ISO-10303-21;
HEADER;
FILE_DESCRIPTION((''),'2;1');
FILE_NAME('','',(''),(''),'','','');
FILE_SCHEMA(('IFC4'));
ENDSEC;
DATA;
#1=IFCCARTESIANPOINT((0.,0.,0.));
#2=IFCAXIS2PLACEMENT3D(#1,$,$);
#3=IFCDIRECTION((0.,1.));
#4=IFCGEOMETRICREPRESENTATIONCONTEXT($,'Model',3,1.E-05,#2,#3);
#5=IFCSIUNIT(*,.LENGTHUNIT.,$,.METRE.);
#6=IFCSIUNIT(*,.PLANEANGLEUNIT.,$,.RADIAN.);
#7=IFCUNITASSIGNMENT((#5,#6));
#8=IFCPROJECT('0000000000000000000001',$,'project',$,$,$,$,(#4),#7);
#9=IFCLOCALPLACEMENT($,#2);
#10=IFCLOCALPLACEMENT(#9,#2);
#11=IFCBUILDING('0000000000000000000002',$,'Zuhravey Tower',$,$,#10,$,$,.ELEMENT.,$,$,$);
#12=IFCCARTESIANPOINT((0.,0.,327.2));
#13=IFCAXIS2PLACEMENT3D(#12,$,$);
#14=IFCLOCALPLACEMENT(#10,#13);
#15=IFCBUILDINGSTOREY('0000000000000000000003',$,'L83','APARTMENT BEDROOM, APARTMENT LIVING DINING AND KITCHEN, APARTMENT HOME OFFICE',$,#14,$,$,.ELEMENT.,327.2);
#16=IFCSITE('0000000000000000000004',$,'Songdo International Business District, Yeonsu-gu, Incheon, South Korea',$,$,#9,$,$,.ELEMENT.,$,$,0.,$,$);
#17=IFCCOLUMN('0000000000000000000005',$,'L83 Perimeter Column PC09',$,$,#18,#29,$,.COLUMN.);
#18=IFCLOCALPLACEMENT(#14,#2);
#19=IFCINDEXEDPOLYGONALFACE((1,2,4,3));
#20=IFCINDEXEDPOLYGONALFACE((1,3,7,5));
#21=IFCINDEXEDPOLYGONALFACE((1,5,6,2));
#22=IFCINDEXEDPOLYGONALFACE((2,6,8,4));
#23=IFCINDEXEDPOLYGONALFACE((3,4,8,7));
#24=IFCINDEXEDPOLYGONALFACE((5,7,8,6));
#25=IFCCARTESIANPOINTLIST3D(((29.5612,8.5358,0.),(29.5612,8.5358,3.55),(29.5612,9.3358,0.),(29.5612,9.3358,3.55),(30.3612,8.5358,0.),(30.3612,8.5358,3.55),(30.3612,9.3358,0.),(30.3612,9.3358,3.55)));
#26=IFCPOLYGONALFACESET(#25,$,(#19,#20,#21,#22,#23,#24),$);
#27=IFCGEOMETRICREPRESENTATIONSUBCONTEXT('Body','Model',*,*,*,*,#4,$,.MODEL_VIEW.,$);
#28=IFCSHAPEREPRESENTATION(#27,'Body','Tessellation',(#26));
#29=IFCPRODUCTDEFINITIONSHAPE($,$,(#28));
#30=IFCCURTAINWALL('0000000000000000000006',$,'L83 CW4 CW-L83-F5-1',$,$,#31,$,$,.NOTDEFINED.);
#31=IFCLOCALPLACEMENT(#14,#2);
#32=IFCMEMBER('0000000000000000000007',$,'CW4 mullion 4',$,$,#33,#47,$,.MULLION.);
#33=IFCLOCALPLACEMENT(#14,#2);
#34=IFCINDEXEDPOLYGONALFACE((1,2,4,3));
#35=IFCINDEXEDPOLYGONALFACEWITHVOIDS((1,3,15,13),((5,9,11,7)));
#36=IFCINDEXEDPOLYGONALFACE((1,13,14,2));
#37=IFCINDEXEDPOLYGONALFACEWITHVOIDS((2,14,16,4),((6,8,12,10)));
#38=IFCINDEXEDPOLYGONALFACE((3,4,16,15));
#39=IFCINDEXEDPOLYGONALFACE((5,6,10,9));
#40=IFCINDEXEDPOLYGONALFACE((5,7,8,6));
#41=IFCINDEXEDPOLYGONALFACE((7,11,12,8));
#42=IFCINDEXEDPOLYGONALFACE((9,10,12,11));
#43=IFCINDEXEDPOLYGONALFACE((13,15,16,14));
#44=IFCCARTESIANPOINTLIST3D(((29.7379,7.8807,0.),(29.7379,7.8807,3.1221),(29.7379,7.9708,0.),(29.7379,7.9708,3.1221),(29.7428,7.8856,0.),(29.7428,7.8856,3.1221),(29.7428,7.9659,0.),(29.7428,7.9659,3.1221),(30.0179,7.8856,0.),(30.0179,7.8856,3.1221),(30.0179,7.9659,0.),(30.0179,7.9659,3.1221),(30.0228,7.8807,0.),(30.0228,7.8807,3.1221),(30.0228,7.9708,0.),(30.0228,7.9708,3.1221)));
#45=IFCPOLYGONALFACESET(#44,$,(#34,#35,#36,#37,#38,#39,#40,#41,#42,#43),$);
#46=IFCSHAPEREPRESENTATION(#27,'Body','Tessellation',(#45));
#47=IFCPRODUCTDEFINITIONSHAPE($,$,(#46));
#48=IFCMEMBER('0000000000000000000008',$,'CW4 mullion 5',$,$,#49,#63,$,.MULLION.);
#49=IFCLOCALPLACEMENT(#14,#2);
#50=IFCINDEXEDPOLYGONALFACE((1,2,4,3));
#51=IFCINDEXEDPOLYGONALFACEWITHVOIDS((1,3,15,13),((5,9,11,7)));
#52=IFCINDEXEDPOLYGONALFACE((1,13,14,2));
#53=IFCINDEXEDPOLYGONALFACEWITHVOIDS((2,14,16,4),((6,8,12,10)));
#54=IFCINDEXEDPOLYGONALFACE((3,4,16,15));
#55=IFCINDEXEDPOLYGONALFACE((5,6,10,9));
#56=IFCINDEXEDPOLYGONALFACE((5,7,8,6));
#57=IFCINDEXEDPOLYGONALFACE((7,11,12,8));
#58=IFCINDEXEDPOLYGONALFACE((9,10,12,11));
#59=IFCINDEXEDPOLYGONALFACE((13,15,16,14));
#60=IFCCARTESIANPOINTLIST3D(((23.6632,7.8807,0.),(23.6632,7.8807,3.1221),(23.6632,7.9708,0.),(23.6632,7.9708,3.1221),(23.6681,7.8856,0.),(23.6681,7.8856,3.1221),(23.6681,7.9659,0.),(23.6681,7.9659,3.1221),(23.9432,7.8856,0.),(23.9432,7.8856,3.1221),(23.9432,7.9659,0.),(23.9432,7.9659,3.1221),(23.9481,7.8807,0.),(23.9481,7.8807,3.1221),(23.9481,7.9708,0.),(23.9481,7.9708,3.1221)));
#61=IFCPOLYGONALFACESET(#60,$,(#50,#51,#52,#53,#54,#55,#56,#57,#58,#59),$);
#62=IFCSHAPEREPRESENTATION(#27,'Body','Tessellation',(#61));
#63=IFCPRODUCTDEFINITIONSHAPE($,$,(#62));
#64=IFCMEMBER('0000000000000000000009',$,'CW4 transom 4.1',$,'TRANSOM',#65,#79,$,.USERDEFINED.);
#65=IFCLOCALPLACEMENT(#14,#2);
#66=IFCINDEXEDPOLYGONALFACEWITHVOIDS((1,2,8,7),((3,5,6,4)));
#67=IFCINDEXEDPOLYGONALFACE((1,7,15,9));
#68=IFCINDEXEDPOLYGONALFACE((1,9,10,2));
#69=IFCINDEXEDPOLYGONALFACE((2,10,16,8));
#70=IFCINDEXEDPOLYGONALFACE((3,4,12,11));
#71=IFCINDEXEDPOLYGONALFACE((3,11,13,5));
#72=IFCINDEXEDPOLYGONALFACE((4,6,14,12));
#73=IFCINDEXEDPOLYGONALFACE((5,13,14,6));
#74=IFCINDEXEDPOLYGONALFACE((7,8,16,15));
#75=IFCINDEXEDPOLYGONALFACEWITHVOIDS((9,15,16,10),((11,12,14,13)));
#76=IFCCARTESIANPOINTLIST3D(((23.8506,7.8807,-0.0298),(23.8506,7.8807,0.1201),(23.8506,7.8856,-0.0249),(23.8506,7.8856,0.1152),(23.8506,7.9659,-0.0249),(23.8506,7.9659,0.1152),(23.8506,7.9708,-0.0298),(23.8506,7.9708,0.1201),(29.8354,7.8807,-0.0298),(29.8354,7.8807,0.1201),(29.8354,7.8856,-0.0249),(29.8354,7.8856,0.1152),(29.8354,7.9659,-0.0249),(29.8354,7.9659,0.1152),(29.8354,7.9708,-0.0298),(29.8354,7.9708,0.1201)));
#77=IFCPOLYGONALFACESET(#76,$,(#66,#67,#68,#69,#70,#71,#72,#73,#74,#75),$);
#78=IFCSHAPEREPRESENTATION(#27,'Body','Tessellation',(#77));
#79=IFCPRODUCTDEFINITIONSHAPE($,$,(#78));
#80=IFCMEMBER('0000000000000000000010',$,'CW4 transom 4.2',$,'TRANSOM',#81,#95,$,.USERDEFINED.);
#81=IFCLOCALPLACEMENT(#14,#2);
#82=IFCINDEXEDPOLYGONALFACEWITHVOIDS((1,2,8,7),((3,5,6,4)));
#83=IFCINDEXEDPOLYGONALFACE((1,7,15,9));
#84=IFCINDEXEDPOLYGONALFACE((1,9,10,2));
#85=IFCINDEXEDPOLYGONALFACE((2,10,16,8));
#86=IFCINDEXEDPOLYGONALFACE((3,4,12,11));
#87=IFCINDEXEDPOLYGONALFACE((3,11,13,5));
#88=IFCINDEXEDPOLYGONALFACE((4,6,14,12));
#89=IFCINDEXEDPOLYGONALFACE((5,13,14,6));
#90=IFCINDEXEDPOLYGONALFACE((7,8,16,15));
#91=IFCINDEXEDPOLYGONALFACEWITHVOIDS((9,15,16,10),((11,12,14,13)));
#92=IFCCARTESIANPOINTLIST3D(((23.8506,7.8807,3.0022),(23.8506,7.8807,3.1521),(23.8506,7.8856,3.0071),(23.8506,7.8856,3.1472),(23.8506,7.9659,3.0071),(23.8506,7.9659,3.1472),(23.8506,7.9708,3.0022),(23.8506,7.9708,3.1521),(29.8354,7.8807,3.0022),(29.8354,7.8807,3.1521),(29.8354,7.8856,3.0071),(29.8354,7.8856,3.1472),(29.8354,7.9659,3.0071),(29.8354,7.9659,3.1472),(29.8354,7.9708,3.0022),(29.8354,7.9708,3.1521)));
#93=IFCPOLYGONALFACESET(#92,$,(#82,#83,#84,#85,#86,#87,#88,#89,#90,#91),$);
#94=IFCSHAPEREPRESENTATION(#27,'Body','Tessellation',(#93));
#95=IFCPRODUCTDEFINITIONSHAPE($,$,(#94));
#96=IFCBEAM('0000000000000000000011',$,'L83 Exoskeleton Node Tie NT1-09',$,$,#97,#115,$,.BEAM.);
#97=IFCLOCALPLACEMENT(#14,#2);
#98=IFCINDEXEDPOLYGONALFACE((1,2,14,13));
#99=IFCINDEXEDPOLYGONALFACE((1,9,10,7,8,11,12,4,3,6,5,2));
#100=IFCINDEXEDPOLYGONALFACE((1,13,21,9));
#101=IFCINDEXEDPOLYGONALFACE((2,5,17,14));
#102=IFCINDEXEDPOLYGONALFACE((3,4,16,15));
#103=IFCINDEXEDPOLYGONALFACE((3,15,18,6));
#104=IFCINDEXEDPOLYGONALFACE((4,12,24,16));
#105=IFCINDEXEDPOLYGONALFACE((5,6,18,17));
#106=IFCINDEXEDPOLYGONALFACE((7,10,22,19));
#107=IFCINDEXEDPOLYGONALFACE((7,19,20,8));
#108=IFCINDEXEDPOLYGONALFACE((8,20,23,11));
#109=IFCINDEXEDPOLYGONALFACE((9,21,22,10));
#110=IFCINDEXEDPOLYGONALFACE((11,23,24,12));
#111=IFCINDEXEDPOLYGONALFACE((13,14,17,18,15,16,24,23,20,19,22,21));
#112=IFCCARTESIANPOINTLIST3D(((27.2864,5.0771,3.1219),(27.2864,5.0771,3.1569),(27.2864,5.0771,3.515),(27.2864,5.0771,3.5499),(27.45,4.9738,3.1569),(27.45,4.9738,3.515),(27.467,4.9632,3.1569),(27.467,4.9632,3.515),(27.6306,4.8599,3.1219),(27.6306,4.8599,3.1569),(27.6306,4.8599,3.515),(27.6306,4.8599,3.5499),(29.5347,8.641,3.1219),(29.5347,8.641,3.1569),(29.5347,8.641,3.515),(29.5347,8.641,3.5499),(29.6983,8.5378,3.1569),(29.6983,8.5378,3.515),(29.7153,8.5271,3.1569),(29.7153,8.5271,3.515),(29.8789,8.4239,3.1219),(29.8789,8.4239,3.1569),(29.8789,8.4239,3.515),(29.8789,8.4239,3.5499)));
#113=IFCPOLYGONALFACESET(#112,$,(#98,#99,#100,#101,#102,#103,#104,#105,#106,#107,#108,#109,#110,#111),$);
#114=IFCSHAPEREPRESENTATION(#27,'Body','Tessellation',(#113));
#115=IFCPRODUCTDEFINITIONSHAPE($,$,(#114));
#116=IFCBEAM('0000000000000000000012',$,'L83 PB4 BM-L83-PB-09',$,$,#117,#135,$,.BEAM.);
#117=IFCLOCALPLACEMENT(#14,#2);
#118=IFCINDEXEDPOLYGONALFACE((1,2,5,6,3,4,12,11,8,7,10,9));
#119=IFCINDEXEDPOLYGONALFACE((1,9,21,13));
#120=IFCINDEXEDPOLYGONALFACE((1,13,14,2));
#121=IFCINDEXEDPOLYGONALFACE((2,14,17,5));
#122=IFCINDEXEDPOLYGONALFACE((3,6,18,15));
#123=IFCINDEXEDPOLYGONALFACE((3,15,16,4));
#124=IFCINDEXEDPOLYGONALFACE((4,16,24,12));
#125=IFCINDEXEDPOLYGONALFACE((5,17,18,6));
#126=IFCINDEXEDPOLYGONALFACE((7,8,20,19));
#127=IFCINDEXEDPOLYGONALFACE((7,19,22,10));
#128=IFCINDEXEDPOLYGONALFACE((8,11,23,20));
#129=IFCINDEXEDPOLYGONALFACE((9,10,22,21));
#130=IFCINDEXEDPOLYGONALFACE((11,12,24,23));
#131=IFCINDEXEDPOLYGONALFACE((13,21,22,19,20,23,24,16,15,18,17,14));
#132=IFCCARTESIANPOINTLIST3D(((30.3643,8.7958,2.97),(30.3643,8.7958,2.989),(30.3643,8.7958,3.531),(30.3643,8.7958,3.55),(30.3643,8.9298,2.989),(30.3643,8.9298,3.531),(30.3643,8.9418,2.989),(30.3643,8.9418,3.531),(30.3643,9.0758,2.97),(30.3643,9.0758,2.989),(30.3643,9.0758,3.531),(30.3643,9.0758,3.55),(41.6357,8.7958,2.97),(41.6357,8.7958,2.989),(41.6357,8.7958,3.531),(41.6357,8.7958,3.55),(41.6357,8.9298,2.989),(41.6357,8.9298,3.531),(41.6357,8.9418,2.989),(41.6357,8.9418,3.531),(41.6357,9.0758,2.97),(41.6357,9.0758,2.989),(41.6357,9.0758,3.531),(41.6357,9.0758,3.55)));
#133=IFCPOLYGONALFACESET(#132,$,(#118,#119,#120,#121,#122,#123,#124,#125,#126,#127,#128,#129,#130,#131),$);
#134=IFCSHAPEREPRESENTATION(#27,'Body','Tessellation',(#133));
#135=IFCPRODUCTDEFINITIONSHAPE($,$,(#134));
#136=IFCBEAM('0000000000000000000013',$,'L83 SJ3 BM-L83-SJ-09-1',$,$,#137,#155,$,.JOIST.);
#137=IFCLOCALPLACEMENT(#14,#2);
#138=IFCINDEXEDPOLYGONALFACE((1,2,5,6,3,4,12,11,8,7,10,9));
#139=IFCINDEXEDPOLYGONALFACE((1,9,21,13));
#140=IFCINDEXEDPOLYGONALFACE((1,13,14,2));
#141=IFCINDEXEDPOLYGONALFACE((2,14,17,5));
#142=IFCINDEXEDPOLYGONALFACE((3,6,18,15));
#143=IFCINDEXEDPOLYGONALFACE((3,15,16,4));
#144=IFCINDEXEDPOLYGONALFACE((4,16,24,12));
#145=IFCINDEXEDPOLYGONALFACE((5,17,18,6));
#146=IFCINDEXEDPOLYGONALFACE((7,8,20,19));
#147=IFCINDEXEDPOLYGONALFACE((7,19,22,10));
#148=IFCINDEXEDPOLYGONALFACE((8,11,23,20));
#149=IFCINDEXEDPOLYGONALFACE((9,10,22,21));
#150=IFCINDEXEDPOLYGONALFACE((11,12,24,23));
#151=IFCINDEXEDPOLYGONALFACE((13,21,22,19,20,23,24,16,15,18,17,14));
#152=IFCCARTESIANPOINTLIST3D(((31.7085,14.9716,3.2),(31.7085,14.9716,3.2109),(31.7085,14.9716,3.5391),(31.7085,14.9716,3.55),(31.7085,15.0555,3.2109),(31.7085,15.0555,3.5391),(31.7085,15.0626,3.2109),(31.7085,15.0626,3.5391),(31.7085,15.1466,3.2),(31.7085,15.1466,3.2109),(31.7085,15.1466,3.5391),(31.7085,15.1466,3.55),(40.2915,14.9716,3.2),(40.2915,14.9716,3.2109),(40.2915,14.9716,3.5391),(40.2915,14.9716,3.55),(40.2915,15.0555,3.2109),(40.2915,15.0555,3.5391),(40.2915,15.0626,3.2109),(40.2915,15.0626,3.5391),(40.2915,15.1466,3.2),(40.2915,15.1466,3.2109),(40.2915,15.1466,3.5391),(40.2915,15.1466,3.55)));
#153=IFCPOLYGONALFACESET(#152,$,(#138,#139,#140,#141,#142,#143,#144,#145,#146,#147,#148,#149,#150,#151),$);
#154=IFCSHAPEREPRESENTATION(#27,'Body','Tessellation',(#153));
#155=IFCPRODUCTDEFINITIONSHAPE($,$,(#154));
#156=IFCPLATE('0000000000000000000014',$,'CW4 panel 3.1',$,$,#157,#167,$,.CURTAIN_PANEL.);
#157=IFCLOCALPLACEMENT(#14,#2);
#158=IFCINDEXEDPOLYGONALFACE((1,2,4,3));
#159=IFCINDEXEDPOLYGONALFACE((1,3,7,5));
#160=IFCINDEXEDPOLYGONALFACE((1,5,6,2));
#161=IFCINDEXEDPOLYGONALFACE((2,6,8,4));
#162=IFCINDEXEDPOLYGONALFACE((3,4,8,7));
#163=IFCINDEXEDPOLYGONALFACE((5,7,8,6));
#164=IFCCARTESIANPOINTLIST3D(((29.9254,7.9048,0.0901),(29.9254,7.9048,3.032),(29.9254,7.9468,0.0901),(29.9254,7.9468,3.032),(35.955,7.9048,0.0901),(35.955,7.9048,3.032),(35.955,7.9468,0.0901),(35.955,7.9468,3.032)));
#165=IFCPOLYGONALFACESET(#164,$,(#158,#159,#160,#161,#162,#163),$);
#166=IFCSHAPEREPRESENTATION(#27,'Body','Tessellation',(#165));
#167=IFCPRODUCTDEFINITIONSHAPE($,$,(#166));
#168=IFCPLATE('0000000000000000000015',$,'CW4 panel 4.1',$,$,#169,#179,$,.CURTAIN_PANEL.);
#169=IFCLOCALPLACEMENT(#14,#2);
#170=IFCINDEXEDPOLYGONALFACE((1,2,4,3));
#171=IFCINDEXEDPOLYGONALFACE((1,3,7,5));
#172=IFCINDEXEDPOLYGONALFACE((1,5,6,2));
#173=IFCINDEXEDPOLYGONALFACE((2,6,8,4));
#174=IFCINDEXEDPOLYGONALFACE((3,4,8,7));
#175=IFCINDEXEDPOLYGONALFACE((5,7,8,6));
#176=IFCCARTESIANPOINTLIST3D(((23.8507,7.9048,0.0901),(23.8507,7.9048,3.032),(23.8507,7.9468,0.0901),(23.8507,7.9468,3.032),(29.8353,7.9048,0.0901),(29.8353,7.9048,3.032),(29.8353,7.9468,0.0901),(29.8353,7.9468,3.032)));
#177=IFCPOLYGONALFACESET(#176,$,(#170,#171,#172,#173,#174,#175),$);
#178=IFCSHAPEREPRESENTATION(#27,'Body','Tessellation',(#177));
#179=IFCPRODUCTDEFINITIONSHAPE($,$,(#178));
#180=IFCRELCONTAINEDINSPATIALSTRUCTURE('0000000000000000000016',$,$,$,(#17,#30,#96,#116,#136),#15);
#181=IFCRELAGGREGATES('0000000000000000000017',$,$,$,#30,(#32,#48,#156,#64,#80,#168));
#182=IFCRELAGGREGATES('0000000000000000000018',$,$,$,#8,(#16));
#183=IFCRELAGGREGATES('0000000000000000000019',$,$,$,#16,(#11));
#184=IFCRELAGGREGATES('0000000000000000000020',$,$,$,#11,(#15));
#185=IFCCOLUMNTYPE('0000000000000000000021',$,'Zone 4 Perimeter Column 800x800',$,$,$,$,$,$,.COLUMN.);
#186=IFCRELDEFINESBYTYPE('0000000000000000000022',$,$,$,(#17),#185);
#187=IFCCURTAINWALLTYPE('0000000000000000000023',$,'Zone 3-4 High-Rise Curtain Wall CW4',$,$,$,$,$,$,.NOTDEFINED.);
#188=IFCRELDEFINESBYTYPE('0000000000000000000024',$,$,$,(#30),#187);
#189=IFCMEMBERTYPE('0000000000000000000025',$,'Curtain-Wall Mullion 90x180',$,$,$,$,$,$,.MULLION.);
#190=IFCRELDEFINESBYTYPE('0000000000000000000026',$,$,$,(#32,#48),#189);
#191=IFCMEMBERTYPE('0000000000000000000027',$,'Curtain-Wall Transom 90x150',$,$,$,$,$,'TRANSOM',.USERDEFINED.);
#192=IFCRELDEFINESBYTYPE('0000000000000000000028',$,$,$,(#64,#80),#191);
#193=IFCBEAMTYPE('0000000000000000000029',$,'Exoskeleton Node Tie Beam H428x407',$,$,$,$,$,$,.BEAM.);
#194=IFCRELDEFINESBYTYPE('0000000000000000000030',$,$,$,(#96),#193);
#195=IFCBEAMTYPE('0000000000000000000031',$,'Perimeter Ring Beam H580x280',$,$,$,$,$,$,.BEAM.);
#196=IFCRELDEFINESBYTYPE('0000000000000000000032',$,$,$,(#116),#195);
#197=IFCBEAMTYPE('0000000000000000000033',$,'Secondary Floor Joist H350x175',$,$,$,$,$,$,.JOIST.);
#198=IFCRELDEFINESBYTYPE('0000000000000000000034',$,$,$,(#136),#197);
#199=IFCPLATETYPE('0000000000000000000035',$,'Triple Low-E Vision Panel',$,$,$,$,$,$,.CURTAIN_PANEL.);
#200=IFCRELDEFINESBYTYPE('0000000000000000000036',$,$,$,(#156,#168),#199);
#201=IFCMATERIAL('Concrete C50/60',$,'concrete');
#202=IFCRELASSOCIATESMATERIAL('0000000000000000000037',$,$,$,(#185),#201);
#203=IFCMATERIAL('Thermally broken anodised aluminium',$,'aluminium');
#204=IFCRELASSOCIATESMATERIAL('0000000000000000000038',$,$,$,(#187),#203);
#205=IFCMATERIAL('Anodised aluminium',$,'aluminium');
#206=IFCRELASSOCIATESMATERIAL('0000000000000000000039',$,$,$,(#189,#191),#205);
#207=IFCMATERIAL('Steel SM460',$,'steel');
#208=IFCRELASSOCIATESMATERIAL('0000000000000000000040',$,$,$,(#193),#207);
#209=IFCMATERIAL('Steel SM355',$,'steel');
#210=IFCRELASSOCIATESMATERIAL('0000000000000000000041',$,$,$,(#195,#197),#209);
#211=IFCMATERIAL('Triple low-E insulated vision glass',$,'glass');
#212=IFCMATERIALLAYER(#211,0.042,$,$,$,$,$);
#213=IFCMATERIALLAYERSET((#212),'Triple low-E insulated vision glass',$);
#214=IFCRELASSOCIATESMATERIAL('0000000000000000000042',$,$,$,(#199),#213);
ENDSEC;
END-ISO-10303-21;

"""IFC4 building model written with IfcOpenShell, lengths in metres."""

from ifc_helpers import new_model, si_unit, direction, frame, origin, origin_2d, place, context, subcontext, project, spatial, rectangle, hollow_rectangle, i_section, extrude, material, layer, layer_set, material_profile, profile_set, type_object, element, aggregate, save


model = new_model("IFC4")

# Units and contexts
model_context = context("Model", 3, precision=1e-05, world=origin(), true_north=direction((0.0, 1.0)))
body_context = subcontext(model_context, "Body", "Model", "MODEL_VIEW")
ifc_project = project(units=[si_unit("LENGTHUNIT", "METRE"), si_unit("PLANEANGLEUNIT", "RADIAN")], contexts=[model_context])

# Site, building, storey
site_placement = place(None, origin())
site = spatial("IfcSite", under=ifc_project, at=site_placement, Name="Songdo International Business District, Yeonsu-gu, Incheon, South Korea", CompositionType="ELEMENT", RefElevation=0.0)
building_placement = place(site_placement, origin())
building = spatial("IfcBuilding", under=site, at=building_placement, Name="Zuhravey Tower", CompositionType="ELEMENT")
storey_placement = place(building_placement, frame((0.0, 0.0, 327.2)))
storey = spatial("IfcBuildingStorey", under=building, at=storey_placement, Name="L83", Description="APARTMENT BEDROOM, APARTMENT LIVING DINING AND KITCHEN, APARTMENT HOME OFFICE", CompositionType="ELEMENT", Elevation=327.2)

# Column
ifc_material_1 = material(Name="Concrete C50/60", Category="concrete")
ifc_material_profile_1 = material_profile(ifc_material_1, rectangle(XDim=0.8, YDim=0.8, at=origin_2d()), Name="RC-800x800")
ifc_profile_set_1 = profile_set([ifc_material_profile_1], Name="Concrete C50/60")
column_type = type_object("IfcColumnType", Name="Zone 4 Perimeter Column 800x800", PredefinedType="COLUMN", material=ifc_profile_set_1)
column_placement = place(storey_placement, frame((29.9612, 8.9358, 0.0), z_axis=(0.0, 0.0, 1.0), x_axis=(1.0, 0.0, 0.0)))
element("IfcColumn", 1, at=column_placement, inside=storey, type_object=column_type, Name="L83 Perimeter Column PC09", PredefinedType="COLUMN", context=body_context, shape_type="SweptSolid", body=[
    extrude(rectangle(XDim=0.8, YDim=0.8, at=origin_2d()), origin(), (0.0, 0.0, 1.0), 3.55),
])

# Curtain wall, members
ifc_material_2 = material(Name="Thermally broken anodised aluminium", Category="aluminium")
curtain_wall_type = type_object("IfcCurtainWallType", Name="Zone 3-4 High-Rise Curtain Wall CW4", PredefinedType="NOTDEFINED", material=ifc_material_2)
curtain_wall_placement = place(storey_placement, origin())
curtain_wall = element("IfcCurtainWall", 2, at=curtain_wall_placement, inside=storey, type_object=curtain_wall_type, Name="L83 CW4 CW-L83-F5-1", PredefinedType="NOTDEFINED")
ifc_material_3 = material(Name="Anodised aluminium", Category="aluminium")
ifc_material_profile_2 = material_profile(ifc_material_3, hollow_rectangle(XDim=0.0901, YDim=0.2849, WallThickness=0.0049, at=origin_2d()), Name="ALU-RHS-90x285x5")
ifc_profile_set_2 = profile_set([ifc_material_profile_2], Name="Anodised aluminium")
member_type_1 = type_object("IfcMemberType", Name="Curtain-Wall Mullion 90x180", PredefinedType="MULLION", material=ifc_profile_set_2)
member_1_placement = place(storey_placement, frame((29.8804, 7.9258, 0.0), z_axis=(0.0, 0.0, 1.0), x_axis=(0.0, -1.0, 0.0)))
member_1 = element("IfcMember", 3, at=member_1_placement, type_object=member_type_1, Name="CW4 mullion 4", PredefinedType="MULLION", context=body_context, shape_type="SweptSolid", body=[
    extrude(hollow_rectangle(XDim=0.0901, YDim=0.2849, WallThickness=0.0049, at=origin_2d()), origin(), (0.0, 0.0, 1.0), 3.1221),
])
member_2_placement = place(storey_placement, frame((23.8057, 7.9258, 0.0), z_axis=(0.0, 0.0, 1.0), x_axis=(0.0, -1.0, 0.0)))
member_2 = element("IfcMember", 4, at=member_2_placement, type_object=member_type_1, Name="CW4 mullion 5", PredefinedType="MULLION", context=body_context, shape_type="SweptSolid", body=[
    extrude(hollow_rectangle(XDim=0.0901, YDim=0.2849, WallThickness=0.0049, at=origin_2d()), origin(), (0.0, 0.0, 1.0), 3.1221),
])
ifc_material_profile_3 = material_profile(ifc_material_3, hollow_rectangle(XDim=0.0901, YDim=0.1499, WallThickness=0.0049, at=origin_2d()), Name="ALU-RHS-90x150x5")
ifc_profile_set_3 = profile_set([ifc_material_profile_3], Name="Anodised aluminium")
member_type_2 = type_object("IfcMemberType", Name="Curtain-Wall Transom 90x150", ElementType="TRANSOM", PredefinedType="USERDEFINED", material=ifc_profile_set_3)
member_3_placement = place(storey_placement, frame((29.8354, 7.9258, 0.0452), z_axis=(-1.0, 0.0, 0.0), x_axis=(0.0, -1.0, 0.0)))
member_3 = element("IfcMember", 5, at=member_3_placement, type_object=member_type_2, Name="CW4 transom 4.1", ObjectType="TRANSOM", PredefinedType="USERDEFINED", context=body_context, shape_type="SweptSolid", body=[
    extrude(hollow_rectangle(XDim=0.0901, YDim=0.1499, WallThickness=0.0049, at=origin_2d()), origin(), (0.0, 0.0, 1.0), 5.9849),
])
member_4_placement = place(storey_placement, frame((29.8354, 7.9258, 3.0771), z_axis=(-1.0, 0.0, 0.0), x_axis=(0.0, -1.0, 0.0)))
member_4 = element("IfcMember", 6, at=member_4_placement, type_object=member_type_2, Name="CW4 transom 4.2", ObjectType="TRANSOM", PredefinedType="USERDEFINED", context=body_context, shape_type="SweptSolid", body=[
    extrude(hollow_rectangle(XDim=0.0901, YDim=0.1499, WallThickness=0.0049, at=origin_2d()), origin(), (0.0, 0.0, 1.0), 5.9849),
])

# Beams
ifc_material_4 = material(Name="Steel SM460", Category="steel")
ifc_material_profile_4 = material_profile(ifc_material_4, i_section(OverallWidth=0.407, OverallDepth=0.428, WebThickness=0.02, FlangeThickness=0.0349, at=origin_2d()), Name="H-428x407x20x35")
ifc_profile_set_4 = profile_set([ifc_material_profile_4], Name="Steel SM460")
beam_type_1 = type_object("IfcBeamType", Name="Exoskeleton Node Tie Beam H428x407", PredefinedType="BEAM", material=ifc_profile_set_4)
beam_1_placement = place(storey_placement, frame((29.7068, 8.5325, 3.3359), z_axis=(-0.533546, -0.845771, 0.0), x_axis=(0.845771, -0.533546, 0.0)))
element("IfcBeam", 7, at=beam_1_placement, inside=storey, type_object=beam_type_1, Name="L83 Exoskeleton Node Tie NT1-09", PredefinedType="BEAM", context=body_context, shape_type="SweptSolid", body=[
    extrude(i_section(OverallWidth=0.407, OverallDepth=0.428, WebThickness=0.02, FlangeThickness=0.0349, at=origin_2d()), origin(), (0.0, 0.0, 1.0), 4.2139),
])
ifc_material_5 = material(Name="Steel SM355", Category="steel")
ifc_material_profile_5 = material_profile(ifc_material_5, i_section(OverallWidth=0.28, OverallDepth=0.5801, WebThickness=0.012, FlangeThickness=0.019, at=origin_2d()), Name="H-580x280x12x19")
ifc_profile_set_5 = profile_set([ifc_material_profile_5], Name="Steel SM355")
beam_type_2 = type_object("IfcBeamType", Name="Perimeter Ring Beam H580x280", PredefinedType="BEAM", material=ifc_profile_set_5)
beam_2_placement = place(storey_placement, frame((30.3643, 8.9358, 3.26), z_axis=(1.0, 0.0, 0.0), x_axis=(0.0, 1.0, 0.0)))
element("IfcBeam", 8, at=beam_2_placement, inside=storey, type_object=beam_type_2, Name="L83 PB4 BM-L83-PB-09", PredefinedType="BEAM", context=body_context, shape_type="SweptSolid", body=[
    extrude(i_section(OverallWidth=0.28, OverallDepth=0.5801, WebThickness=0.012, FlangeThickness=0.019, at=origin_2d()), origin(), (0.0, 0.0, 1.0), 11.2715),
])
ifc_material_profile_6 = material_profile(ifc_material_5, i_section(OverallWidth=0.175, OverallDepth=0.3501, WebThickness=0.0071, FlangeThickness=0.011, at=origin_2d()), Name="H-350x175x7x11")
ifc_profile_set_6 = profile_set([ifc_material_profile_6], Name="Steel SM355")
beam_type_3 = type_object("IfcBeamType", Name="Secondary Floor Joist H350x175", PredefinedType="JOIST", material=ifc_profile_set_6)
beam_3_placement = place(storey_placement, frame((31.7085, 15.0591, 3.375), z_axis=(1.0, 0.0, 0.0), x_axis=(0.0, 1.0, 0.0)))
element("IfcBeam", 9, at=beam_3_placement, inside=storey, type_object=beam_type_3, Name="L83 SJ3 BM-L83-SJ-09-1", PredefinedType="JOIST", context=body_context, shape_type="SweptSolid", body=[
    extrude(i_section(OverallWidth=0.175, OverallDepth=0.3501, WebThickness=0.0071, FlangeThickness=0.011, at=origin_2d()), origin(), (0.0, 0.0, 1.0), 8.583),
])

# Plates
ifc_material_6 = material(Name="Triple low-E insulated vision glass", Category="glass")
ifc_layer_1 = layer(ifc_material_6, 0.042)
ifc_layer_set_1 = layer_set([ifc_layer_1], Name="Triple low-E insulated vision glass")
plate_type = type_object("IfcPlateType", Name="Triple Low-E Vision Panel", PredefinedType="CURTAIN_PANEL", material=ifc_layer_set_1)
plate_1_placement = place(storey_placement, frame((32.9402, 7.9258, 0.0901), z_axis=(0.0, 0.0, 1.0), x_axis=(-1.0, 0.0, 0.0)))
plate_1 = element("IfcPlate", 10, at=plate_1_placement, type_object=plate_type, Name="CW4 panel 3.1", PredefinedType="CURTAIN_PANEL", context=body_context, shape_type="SweptSolid", body=[
    extrude(rectangle(XDim=6.0295, YDim=0.042, at=origin_2d()), origin(), (0.0, 0.0, 1.0), 2.9419),
])
plate_2_placement = place(storey_placement, frame((26.843, 7.9258, 0.0901), z_axis=(0.0, 0.0, 1.0), x_axis=(-1.0, 0.0, 0.0)))
plate_2 = element("IfcPlate", 11, at=plate_2_placement, type_object=plate_type, Name="CW4 panel 4.1", PredefinedType="CURTAIN_PANEL", context=body_context, shape_type="SweptSolid", body=[
    extrude(rectangle(XDim=5.9846, YDim=0.042, at=origin_2d()), origin(), (0.0, 0.0, 1.0), 2.9419),
])
aggregate(curtain_wall, [member_1, member_2, plate_1, member_3, member_4, plate_2])

save(model, "model.ifc")
